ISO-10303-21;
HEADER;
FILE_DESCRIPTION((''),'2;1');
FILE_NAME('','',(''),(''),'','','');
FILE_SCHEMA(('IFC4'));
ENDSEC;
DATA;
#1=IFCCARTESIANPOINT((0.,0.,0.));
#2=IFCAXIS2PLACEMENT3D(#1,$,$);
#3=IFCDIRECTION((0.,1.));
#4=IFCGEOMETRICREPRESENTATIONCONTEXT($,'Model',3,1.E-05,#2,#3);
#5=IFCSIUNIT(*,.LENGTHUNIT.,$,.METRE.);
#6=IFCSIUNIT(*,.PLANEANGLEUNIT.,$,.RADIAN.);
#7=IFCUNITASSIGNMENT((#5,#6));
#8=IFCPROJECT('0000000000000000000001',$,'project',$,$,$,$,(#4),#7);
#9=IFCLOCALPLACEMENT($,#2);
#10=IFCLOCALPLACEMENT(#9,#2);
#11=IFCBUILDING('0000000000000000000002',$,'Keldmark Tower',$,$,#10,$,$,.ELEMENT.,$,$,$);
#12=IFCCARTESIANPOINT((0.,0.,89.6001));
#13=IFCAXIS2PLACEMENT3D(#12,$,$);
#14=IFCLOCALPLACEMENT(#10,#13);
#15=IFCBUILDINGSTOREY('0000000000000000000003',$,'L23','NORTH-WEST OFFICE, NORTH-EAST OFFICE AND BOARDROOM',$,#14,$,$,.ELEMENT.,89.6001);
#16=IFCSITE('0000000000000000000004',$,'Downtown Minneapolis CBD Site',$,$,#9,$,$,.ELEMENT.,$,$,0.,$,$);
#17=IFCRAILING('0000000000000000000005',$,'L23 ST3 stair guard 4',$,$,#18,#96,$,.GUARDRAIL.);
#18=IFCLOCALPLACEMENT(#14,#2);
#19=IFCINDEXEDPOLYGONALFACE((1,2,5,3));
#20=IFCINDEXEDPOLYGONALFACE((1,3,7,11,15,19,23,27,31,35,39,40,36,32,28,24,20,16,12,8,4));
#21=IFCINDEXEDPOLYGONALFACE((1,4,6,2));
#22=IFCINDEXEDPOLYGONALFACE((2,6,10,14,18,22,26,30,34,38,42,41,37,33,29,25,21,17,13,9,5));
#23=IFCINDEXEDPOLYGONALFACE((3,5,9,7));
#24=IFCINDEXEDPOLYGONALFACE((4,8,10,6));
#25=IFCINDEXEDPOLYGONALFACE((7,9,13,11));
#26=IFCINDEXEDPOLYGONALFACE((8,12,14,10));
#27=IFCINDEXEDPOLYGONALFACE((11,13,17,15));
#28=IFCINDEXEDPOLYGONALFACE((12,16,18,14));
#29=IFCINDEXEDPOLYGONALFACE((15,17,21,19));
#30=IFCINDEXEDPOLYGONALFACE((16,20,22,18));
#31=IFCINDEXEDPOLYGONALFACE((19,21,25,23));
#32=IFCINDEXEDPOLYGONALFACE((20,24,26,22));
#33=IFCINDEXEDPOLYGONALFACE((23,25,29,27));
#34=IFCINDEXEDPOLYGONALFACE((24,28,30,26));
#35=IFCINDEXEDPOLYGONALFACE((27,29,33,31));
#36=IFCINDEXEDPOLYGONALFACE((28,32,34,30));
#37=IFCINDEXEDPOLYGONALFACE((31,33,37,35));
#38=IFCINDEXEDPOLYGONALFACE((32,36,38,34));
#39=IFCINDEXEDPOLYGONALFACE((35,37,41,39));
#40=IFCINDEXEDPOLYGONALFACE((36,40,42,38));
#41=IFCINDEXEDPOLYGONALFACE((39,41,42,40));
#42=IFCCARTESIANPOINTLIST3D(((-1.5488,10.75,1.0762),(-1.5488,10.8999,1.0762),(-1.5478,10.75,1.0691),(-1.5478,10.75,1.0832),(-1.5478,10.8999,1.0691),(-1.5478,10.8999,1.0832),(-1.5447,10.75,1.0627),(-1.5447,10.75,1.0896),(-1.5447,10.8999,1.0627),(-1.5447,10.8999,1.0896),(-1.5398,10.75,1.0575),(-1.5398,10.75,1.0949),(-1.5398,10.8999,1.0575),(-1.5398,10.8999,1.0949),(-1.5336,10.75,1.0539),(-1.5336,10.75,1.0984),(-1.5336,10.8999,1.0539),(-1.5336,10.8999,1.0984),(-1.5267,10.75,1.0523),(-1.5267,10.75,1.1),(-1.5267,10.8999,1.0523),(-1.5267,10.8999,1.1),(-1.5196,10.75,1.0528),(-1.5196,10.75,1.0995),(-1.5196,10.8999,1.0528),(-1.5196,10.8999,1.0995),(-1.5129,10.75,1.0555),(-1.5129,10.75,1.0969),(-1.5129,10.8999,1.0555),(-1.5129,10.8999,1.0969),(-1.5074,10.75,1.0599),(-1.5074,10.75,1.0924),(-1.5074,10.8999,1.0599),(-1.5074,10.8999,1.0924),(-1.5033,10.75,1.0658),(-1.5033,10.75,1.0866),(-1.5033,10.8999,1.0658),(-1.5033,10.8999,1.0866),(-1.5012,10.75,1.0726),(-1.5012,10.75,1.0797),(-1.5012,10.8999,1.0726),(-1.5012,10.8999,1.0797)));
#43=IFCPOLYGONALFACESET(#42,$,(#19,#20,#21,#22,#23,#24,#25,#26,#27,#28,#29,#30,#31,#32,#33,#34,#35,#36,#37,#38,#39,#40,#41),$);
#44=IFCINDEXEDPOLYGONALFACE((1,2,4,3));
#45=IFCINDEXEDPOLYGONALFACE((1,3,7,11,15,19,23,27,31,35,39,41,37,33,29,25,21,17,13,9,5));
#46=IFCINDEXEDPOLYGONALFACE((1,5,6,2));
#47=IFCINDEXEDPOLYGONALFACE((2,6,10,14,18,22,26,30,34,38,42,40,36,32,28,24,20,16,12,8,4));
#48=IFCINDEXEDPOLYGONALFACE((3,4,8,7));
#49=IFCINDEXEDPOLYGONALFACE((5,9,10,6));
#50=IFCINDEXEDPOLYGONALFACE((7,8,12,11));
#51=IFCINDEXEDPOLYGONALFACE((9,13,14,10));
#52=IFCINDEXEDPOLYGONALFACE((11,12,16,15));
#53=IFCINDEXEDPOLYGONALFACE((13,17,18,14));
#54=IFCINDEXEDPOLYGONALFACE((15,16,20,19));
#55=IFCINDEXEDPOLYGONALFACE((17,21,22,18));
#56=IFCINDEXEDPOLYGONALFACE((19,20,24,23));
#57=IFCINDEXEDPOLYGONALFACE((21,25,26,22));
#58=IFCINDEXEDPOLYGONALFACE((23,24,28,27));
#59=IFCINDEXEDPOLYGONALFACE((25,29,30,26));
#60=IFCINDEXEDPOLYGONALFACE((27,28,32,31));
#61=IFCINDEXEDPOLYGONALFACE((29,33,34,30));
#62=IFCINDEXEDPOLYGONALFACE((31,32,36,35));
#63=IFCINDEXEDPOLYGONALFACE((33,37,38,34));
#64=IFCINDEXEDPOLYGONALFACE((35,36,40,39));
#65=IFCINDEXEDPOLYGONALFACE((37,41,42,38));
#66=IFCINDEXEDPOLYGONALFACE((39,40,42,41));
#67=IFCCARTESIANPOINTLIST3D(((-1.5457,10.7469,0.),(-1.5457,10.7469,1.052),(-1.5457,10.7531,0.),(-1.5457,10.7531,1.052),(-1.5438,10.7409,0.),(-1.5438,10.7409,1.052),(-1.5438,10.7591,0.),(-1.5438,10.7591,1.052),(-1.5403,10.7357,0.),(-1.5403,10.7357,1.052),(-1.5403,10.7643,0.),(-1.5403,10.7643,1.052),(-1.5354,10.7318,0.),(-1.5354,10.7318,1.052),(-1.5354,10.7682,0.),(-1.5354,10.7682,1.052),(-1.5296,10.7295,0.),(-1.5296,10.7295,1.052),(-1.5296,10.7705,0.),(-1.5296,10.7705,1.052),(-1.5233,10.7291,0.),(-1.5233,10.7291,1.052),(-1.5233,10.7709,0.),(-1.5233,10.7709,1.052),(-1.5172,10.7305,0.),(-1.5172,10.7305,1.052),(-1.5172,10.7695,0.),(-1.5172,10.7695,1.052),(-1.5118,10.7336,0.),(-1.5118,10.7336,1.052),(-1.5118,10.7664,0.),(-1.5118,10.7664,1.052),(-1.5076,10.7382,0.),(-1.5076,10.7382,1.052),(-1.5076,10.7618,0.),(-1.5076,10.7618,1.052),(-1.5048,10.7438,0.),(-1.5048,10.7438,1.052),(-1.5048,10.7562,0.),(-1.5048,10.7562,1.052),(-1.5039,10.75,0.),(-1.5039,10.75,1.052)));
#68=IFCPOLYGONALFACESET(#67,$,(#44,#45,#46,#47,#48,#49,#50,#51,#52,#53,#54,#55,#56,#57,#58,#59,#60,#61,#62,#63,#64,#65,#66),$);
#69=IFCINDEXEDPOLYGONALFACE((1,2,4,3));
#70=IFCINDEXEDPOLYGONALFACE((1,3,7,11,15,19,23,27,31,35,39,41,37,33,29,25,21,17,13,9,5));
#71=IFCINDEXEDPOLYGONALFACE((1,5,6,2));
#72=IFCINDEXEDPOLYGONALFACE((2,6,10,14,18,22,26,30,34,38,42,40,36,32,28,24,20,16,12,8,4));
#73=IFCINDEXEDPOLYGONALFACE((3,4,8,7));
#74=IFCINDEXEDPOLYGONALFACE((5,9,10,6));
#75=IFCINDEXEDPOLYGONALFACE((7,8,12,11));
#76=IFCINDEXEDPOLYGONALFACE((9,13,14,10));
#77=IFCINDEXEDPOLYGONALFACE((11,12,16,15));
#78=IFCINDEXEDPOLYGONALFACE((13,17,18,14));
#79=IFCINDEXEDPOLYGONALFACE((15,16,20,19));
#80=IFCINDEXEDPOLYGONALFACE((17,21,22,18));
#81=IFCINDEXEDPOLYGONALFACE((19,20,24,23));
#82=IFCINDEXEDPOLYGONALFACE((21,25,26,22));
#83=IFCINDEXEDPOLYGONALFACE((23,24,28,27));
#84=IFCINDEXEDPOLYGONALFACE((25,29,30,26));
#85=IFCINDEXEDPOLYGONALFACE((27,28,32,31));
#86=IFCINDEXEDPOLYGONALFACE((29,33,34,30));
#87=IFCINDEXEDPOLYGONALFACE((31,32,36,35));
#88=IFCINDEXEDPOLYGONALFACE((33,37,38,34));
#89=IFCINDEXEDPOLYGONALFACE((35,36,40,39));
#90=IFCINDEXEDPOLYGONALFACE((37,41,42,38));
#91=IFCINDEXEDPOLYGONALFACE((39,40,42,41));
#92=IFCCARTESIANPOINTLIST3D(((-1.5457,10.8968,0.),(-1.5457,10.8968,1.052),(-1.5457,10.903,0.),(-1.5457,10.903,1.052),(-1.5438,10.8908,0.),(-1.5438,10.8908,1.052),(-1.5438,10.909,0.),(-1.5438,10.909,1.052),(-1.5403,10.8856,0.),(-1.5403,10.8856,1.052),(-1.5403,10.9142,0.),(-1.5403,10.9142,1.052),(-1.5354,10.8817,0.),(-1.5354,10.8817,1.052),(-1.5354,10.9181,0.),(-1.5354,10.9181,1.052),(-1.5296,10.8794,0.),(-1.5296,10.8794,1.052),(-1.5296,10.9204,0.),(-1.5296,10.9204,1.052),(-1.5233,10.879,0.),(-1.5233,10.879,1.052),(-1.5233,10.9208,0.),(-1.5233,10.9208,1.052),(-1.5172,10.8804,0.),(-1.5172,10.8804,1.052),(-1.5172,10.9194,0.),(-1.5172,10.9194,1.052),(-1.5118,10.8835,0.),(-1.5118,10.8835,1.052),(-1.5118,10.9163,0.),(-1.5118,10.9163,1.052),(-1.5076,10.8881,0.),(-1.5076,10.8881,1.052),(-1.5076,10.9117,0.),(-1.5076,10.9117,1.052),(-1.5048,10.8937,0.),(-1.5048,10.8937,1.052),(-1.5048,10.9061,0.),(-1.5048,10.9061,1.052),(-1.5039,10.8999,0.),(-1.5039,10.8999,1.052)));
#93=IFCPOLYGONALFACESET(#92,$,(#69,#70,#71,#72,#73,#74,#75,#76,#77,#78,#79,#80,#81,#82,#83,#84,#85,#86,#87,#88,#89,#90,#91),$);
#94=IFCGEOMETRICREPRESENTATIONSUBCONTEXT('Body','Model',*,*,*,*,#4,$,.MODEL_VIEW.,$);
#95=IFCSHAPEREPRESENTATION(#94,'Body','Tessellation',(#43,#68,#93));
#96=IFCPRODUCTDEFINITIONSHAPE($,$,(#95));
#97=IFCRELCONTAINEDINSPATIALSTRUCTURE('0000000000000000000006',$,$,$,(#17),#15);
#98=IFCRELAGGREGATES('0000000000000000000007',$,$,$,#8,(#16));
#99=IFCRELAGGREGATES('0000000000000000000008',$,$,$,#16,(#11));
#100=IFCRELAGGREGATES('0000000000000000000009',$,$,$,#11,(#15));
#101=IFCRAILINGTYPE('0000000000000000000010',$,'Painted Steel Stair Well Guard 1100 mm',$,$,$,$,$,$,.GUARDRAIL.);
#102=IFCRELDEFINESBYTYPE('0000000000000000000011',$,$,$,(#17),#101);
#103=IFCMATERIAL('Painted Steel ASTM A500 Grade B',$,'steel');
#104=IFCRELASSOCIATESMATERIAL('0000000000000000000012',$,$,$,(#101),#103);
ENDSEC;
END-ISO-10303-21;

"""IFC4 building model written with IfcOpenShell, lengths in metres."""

from ifc_helpers import new_model, si_unit, direction, frame, origin, origin_2d, place, context, subcontext, project, spatial, circle, extrude, material, type_object, element, save


model = new_model("IFC4")

# Units and contexts
model_context = context("Model", 3, precision=1e-05, world=origin(), true_north=direction((0.0, 1.0)))
body_context = subcontext(model_context, "Body", "Model", "MODEL_VIEW")
ifc_project = project(units=[si_unit("LENGTHUNIT", "METRE"), si_unit("PLANEANGLEUNIT", "RADIAN")], contexts=[model_context])

# Site, building, storey
site_placement = place(None, origin())
site = spatial("IfcSite", under=ifc_project, at=site_placement, Name="Downtown Minneapolis CBD Site", CompositionType="ELEMENT", RefElevation=0.0)
building_placement = place(site_placement, origin())
building = spatial("IfcBuilding", under=site, at=building_placement, Name="Keldmark Tower", CompositionType="ELEMENT")
storey_placement = place(building_placement, frame((0.0, 0.0, 89.6001)))
storey = spatial("IfcBuildingStorey", under=building, at=storey_placement, Name="L23", Description="NORTH-WEST OFFICE, NORTH-EAST OFFICE AND BOARDROOM", CompositionType="ELEMENT", Elevation=89.6001)

# Railing
ifc_material_1 = material(Name="Painted Steel ASTM A500 Grade B", Category="steel")
railing_type_1 = type_object("IfcRailingType", Name="Painted Steel Stair Well Guard 1100 mm", PredefinedType="GUARDRAIL", material=ifc_material_1)
railing_1_placement = place(storey_placement, frame((-1.5249, 10.75, 0.0)))
element("IfcRailing", 1, at=railing_1_placement, inside=storey, type_object=railing_type_1, Name="L23 ST3 stair guard 4", PredefinedType="GUARDRAIL", context=body_context, shape_type="SweptSolid", body=[
    extrude(circle(Radius=0.0239, at=origin_2d()), frame((0.0, 0.0, 1.0762), z_axis=(0.0, 1.0, 0.0), x_axis=(-1.0, 0.0, 0.0)), (0.0, 0.0, 1.0), 0.1499),
    extrude(circle(Radius=0.021, at=origin_2d()), origin(), (0.0, 0.0, 1.0), 1.052),
    extrude(circle(Radius=0.021, at=origin_2d()), frame((0.0, 0.1499, 0.0)), (0.0, 0.0, 1.0), 1.052),
])

save(model, "model.ifc")
